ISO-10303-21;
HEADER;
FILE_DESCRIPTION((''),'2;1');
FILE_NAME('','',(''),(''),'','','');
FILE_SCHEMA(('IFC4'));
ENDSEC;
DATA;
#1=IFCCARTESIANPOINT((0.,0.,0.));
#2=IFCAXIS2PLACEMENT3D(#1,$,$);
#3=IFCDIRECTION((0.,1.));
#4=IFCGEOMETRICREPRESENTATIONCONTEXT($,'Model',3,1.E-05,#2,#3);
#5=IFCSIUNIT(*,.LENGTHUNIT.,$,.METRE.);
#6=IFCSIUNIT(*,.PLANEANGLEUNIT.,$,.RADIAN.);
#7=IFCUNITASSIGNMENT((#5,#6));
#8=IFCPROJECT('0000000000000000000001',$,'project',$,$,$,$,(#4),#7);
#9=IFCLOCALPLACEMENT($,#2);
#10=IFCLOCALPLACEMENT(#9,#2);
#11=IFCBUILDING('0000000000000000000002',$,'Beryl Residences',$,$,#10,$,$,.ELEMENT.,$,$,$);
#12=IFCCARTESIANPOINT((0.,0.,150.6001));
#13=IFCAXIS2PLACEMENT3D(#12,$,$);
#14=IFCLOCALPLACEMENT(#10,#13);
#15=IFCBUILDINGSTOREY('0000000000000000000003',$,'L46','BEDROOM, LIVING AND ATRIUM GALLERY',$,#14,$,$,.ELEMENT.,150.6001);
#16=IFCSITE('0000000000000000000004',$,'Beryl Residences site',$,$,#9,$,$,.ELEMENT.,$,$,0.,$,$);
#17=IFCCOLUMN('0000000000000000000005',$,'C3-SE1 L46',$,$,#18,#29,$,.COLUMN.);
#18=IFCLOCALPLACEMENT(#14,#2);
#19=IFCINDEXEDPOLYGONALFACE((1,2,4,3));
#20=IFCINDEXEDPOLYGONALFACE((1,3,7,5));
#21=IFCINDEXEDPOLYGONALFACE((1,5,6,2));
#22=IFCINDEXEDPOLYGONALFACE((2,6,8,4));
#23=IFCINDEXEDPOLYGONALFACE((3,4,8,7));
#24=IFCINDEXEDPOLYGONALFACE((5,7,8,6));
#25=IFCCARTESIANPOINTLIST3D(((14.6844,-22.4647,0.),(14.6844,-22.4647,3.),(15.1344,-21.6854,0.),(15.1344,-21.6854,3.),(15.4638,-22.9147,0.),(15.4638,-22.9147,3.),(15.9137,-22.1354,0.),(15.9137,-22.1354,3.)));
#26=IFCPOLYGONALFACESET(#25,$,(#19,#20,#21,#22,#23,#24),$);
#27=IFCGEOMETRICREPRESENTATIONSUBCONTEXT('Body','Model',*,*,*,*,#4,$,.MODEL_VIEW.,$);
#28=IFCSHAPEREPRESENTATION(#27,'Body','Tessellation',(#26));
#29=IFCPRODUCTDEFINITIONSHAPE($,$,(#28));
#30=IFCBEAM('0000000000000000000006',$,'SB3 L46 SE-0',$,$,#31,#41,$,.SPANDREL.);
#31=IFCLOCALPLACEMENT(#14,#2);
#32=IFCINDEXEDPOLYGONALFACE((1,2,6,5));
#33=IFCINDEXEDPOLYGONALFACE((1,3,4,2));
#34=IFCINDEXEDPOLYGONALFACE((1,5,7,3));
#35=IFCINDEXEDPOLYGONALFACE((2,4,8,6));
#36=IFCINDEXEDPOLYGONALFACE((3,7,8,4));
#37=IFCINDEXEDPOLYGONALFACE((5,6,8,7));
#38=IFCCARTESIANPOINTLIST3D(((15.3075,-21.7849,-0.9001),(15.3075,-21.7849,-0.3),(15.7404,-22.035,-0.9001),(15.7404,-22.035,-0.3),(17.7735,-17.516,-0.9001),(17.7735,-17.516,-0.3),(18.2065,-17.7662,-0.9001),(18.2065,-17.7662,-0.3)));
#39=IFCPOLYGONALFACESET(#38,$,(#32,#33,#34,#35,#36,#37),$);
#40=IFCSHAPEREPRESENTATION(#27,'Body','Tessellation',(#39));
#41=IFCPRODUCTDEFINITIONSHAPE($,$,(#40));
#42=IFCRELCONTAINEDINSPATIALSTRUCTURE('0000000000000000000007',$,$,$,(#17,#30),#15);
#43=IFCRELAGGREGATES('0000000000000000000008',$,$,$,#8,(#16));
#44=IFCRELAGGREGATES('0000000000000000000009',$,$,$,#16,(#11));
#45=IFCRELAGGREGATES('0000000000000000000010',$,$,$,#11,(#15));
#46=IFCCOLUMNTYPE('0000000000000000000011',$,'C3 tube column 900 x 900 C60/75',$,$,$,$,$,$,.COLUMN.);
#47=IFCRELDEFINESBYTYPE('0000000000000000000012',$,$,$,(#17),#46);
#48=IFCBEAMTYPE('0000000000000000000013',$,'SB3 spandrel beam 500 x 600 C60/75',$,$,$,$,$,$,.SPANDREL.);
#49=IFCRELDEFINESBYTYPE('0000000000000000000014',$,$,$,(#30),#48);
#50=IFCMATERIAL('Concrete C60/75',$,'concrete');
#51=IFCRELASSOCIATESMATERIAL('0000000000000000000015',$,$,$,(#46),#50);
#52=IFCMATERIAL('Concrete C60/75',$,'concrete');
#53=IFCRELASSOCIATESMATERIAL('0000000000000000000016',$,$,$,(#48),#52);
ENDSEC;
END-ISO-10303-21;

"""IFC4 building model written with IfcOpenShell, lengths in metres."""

from ifc_helpers import new_model, si_unit, direction, frame, origin, origin_2d, place, context, subcontext, project, spatial, rectangle, extrude, material, material_profile, profile_set, type_object, element, save


model = new_model("IFC4")

# Units and contexts
model_context = context("Model", 3, precision=1e-05, world=origin(), true_north=direction((0.0, 1.0)))
body_context = subcontext(model_context, "Body", "Model", "MODEL_VIEW")
ifc_project = project(units=[si_unit("LENGTHUNIT", "METRE"), si_unit("PLANEANGLEUNIT", "RADIAN")], contexts=[model_context])

# Site, building, storey
site_placement = place(None, origin())
site = spatial("IfcSite", under=ifc_project, at=site_placement, Name="Beryl Residences site", CompositionType="ELEMENT", RefElevation=0.0)
building_placement = place(site_placement, origin())
building = spatial("IfcBuilding", under=site, at=building_placement, Name="Beryl Residences", CompositionType="ELEMENT")
storey_placement = place(building_placement, frame((0.0, 0.0, 150.6001)))
storey = spatial("IfcBuildingStorey", under=building, at=storey_placement, Name="L46", Description="BEDROOM, LIVING AND ATRIUM GALLERY", CompositionType="ELEMENT", Elevation=150.6001)

# Column
ifc_material_1 = material(Name="Concrete C60/75", Category="concrete")
ifc_material_profile_1 = material_profile(ifc_material_1, rectangle(XDim=0.8999, YDim=0.8999, at=origin_2d()))
ifc_profile_set_1 = profile_set([ifc_material_profile_1], Name="Concrete C60/75")
column_type = type_object("IfcColumnType", Name="C3 tube column 900 x 900 C60/75", PredefinedType="COLUMN", material=ifc_profile_set_1)
column_placement = place(storey_placement, frame((15.2991, -22.3, 0.0), z_axis=(0.0, 0.0, 1.0), x_axis=(0.5, 0.866025, 0.0)))
element("IfcColumn", 1, at=column_placement, inside=storey, type_object=column_type, Name="C3-SE1 L46", PredefinedType="COLUMN", context=body_context, shape_type="SweptSolid", body=[
    extrude(rectangle(XDim=0.8999, YDim=0.8999, at=origin_2d()), origin(), (0.0, 0.0, 1.0), 3.0),
])

# Beam
ifc_material_2 = material(Name="Concrete C60/75", Category="concrete")
ifc_material_profile_2 = material_profile(ifc_material_2, rectangle(XDim=0.5, YDim=0.6001, at=origin_2d()))
ifc_profile_set_2 = profile_set([ifc_material_profile_2], Name="Concrete C60/75")
beam_type = type_object("IfcBeamType", Name="SB3 spandrel beam 500 x 600 C60/75", PredefinedType="SPANDREL", material=ifc_profile_set_2)
beam_placement = place(storey_placement, frame((15.5239, -21.9099, -0.6001), z_axis=(0.500224, 0.865896, 0.0), x_axis=(-0.865896, 0.500224, 0.0)))
element("IfcBeam", 2, at=beam_placement, inside=storey, type_object=beam_type, Name="SB3 L46 SE-0", PredefinedType="SPANDREL", context=body_context, shape_type="SweptSolid", body=[
    extrude(rectangle(XDim=0.5, YDim=0.6001, at=origin_2d()), origin(), (0.0, 0.0, 1.0), 4.9299),
])

save(model, "model.ifc")
